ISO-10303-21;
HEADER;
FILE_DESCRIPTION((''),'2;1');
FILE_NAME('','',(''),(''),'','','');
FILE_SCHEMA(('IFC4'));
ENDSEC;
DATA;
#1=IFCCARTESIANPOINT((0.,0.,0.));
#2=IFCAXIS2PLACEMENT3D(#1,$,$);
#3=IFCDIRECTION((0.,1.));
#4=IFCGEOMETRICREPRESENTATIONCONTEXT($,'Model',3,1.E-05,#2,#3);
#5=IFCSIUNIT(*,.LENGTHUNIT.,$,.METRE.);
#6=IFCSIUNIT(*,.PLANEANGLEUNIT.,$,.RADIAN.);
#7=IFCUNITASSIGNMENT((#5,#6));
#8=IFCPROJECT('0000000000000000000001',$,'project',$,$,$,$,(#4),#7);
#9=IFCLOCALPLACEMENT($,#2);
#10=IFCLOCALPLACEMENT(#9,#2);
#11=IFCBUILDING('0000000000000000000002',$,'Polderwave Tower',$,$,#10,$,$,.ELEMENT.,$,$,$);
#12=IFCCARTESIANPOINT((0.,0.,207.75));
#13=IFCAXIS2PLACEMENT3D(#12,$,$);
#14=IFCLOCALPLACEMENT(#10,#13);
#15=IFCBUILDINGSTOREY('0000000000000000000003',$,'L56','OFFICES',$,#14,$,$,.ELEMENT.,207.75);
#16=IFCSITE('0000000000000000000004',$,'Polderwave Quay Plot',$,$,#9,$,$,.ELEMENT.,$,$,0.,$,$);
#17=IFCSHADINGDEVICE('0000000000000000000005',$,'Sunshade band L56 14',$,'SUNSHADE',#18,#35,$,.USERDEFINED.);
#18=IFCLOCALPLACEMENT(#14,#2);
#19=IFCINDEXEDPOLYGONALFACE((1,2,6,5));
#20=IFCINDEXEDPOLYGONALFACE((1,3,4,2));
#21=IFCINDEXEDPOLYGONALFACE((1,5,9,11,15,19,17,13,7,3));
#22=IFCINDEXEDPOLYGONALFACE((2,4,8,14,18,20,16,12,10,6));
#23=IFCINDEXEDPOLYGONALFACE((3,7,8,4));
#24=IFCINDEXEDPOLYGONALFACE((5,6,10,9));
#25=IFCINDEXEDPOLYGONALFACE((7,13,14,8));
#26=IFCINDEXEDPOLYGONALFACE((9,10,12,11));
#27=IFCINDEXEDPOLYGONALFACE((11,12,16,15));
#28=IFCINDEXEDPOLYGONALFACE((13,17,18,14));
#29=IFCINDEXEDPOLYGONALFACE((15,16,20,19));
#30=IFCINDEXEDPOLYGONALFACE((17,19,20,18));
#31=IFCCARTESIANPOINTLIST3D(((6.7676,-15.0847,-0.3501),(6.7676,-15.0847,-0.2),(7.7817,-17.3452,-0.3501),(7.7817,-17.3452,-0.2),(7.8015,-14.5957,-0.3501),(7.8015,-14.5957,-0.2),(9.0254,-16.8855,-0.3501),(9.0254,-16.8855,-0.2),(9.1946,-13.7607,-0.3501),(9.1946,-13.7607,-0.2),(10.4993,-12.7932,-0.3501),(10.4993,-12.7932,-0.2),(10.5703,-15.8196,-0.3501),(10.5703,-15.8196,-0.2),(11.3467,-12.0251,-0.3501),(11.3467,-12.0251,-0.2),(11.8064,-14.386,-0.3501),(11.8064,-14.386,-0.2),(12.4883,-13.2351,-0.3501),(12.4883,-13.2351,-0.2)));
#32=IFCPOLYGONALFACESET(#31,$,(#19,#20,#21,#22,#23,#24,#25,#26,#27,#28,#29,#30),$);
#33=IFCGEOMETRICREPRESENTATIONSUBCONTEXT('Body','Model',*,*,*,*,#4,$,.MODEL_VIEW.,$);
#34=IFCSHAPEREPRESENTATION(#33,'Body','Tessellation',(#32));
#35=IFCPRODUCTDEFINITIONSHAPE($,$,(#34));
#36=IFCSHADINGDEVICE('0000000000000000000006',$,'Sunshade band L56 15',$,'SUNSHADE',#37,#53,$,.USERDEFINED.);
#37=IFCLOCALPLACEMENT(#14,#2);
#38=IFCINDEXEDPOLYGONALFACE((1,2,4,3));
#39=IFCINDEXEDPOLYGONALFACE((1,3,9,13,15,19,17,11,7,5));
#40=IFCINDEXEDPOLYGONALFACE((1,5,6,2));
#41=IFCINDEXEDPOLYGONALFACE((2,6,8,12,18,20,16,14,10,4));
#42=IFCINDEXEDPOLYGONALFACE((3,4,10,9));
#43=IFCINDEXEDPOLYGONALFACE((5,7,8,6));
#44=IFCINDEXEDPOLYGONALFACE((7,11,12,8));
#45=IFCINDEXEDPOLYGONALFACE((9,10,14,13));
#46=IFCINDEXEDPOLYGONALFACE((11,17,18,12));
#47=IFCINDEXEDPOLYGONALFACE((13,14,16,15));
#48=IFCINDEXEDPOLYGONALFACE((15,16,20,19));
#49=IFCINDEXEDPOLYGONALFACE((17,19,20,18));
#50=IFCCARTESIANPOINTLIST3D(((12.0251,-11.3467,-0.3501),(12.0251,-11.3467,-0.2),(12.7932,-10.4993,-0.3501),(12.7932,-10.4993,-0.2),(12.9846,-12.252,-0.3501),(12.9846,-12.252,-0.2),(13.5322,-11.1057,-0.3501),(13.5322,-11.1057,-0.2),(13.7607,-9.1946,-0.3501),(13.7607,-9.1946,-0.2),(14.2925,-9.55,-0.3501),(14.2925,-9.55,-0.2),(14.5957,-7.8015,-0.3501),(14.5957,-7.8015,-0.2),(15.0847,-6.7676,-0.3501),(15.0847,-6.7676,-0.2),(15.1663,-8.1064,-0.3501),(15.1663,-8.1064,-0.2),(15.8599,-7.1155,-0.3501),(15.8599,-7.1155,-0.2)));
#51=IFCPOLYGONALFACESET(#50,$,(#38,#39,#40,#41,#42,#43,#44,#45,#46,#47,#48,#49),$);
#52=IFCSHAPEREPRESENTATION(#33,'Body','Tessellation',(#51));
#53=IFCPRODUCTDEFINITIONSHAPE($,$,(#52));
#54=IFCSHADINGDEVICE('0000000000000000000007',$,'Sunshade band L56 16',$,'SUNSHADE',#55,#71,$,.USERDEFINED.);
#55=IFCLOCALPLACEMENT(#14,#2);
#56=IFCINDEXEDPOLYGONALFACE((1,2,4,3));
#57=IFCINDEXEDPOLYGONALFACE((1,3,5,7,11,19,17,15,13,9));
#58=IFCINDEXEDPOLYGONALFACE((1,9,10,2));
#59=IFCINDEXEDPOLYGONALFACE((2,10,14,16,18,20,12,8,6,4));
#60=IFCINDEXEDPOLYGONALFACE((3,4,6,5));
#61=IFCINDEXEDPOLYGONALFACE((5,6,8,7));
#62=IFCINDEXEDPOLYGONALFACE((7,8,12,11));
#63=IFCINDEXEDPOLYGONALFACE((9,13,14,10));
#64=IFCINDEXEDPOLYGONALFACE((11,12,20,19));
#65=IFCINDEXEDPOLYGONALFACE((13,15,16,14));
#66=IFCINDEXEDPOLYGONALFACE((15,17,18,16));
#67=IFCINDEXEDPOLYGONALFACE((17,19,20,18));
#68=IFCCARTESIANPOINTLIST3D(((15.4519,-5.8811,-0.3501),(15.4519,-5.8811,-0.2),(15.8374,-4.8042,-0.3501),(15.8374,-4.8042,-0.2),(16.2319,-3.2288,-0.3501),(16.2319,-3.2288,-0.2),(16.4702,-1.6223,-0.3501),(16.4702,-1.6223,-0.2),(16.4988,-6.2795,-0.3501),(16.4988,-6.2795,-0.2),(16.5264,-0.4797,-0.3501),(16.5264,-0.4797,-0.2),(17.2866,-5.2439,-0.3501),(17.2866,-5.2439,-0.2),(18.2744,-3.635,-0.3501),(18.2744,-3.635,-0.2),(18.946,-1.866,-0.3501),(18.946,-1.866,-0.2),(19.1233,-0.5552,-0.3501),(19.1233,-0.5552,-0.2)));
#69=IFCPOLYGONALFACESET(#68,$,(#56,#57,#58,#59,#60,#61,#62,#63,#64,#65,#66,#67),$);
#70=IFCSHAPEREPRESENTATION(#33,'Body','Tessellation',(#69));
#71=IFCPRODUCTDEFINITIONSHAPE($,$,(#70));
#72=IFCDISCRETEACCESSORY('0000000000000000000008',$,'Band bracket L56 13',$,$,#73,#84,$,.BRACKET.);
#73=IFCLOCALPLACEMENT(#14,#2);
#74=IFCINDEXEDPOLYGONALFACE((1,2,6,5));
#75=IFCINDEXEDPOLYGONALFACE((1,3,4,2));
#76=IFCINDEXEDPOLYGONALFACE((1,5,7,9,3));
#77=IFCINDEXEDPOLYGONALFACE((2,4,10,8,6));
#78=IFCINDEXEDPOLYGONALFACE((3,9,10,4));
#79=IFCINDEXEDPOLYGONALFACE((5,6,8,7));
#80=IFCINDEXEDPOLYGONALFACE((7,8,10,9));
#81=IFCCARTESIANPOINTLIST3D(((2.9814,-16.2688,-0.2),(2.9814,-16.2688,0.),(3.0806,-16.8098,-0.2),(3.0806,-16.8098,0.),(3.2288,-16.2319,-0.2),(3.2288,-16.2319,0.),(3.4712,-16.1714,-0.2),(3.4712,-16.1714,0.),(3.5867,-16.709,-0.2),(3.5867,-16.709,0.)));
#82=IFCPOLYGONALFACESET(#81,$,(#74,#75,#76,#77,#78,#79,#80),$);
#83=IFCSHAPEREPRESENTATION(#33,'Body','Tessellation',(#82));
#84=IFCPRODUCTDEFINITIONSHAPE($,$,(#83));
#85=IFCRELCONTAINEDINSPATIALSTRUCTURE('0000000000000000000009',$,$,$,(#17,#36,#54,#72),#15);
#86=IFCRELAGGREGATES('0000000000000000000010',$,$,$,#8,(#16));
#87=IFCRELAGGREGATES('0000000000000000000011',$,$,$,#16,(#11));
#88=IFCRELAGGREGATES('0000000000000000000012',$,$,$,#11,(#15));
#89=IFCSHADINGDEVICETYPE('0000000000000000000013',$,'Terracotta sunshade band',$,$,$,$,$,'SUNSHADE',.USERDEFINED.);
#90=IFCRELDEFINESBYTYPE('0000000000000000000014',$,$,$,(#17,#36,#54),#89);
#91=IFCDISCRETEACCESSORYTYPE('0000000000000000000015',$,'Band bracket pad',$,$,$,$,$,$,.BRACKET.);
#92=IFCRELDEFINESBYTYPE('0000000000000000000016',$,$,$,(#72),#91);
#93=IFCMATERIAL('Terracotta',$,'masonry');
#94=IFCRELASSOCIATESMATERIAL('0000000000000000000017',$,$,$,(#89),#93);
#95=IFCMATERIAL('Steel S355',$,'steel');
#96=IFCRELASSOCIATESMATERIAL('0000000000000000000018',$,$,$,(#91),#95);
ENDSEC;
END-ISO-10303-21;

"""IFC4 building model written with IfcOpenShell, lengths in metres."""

from ifc_helpers import new_model, si_unit, direction, frame, origin, place, context, subcontext, project, spatial, polyline, outline, extrude, material, type_object, element, save


model = new_model("IFC4")

# Units and contexts
model_context = context("Model", 3, precision=1e-05, world=origin(), true_north=direction((0.0, 1.0)))
body_context = subcontext(model_context, "Body", "Model", "MODEL_VIEW")
ifc_project = project(units=[si_unit("LENGTHUNIT", "METRE"), si_unit("PLANEANGLEUNIT", "RADIAN")], contexts=[model_context])

# Site, building, storey
site_placement = place(None, origin())
site = spatial("IfcSite", under=ifc_project, at=site_placement, Name="Polderwave Quay Plot", CompositionType="ELEMENT", RefElevation=0.0)
building_placement = place(site_placement, origin())
building = spatial("IfcBuilding", under=site, at=building_placement, Name="Polderwave Tower", CompositionType="ELEMENT")
storey_placement = place(building_placement, frame((0.0, 0.0, 207.75)))
storey = spatial("IfcBuildingStorey", under=building, at=storey_placement, Name="L56", Description="OFFICES", CompositionType="ELEMENT", Elevation=207.75)

# Shared definitions
ifc_material_1 = material(Name="Steel S355", Category="steel")

# Shading devices
ifc_material_2 = material(Name="Terracotta", Category="masonry")
shading_device_type = type_object("IfcShadingDeviceType", Name="Terracotta sunshade band", ElementType="SUNSHADE", PredefinedType="USERDEFINED", material=ifc_material_2)
shading_device_1_placement = place(storey_placement, frame((0.0, 0.0, -0.3501)))
element("IfcShadingDevice", 1, at=shading_device_1_placement, inside=storey, type_object=shading_device_type, Name="Sunshade band L56 14", ObjectType="SUNSHADE", PredefinedType="USERDEFINED", context=body_context, shape_type="SweptSolid", body=[
    extrude(outline(polyline([(6.7676, -15.0847), (7.8015, -14.5957), (9.1946, -13.7607), (10.4993, -12.7932), (11.3467, -12.0251), (12.4883, -13.2351), (11.8064, -14.386), (10.5703, -15.8196), (9.0254, -16.8855), (7.7817, -17.3452), (6.7676, -15.0847)])), origin(), (0.0, 0.0, 1.0), 0.1501),
])
shading_device_2_placement = place(storey_placement, frame((0.0, 0.0, -0.3501)))
element("IfcShadingDevice", 2, at=shading_device_2_placement, inside=storey, type_object=shading_device_type, Name="Sunshade band L56 15", ObjectType="SUNSHADE", PredefinedType="USERDEFINED", context=body_context, shape_type="SweptSolid", body=[
    extrude(outline(polyline([(12.0251, -11.3467), (12.7932, -10.4993), (13.7607, -9.1946), (14.5957, -7.8015), (15.0847, -6.7676), (15.8599, -7.1155), (15.1663, -8.1064), (14.2925, -9.55), (13.5322, -11.1057), (12.9846, -12.252), (12.0251, -11.3467)])), origin(), (0.0, 0.0, 1.0), 0.1501),
])
shading_device_3_placement = place(storey_placement, frame((0.0, 0.0, -0.3501)))
element("IfcShadingDevice", 3, at=shading_device_3_placement, inside=storey, type_object=shading_device_type, Name="Sunshade band L56 16", ObjectType="SUNSHADE", PredefinedType="USERDEFINED", context=body_context, shape_type="SweptSolid", body=[
    extrude(outline(polyline([(15.4519, -5.8811), (15.8374, -4.8042), (16.2319, -3.2288), (16.4702, -1.6223), (16.5264, -0.4797), (19.1233, -0.5552), (18.946, -1.866), (18.2744, -3.635), (17.2866, -5.2439), (16.4988, -6.2795), (15.4519, -5.8811)])), origin(), (0.0, 0.0, 1.0), 0.1501),
])

# Discrete accessory
discrete_accessory_type = type_object("IfcDiscreteAccessoryType", Name="Band bracket pad", PredefinedType="BRACKET", material=ifc_material_1)
discrete_accessory_placement = place(storey_placement, frame((0.0, 0.0, -0.2)))
element("IfcDiscreteAccessory", 4, at=discrete_accessory_placement, inside=storey, type_object=discrete_accessory_type, Name="Band bracket L56 13", PredefinedType="BRACKET", context=body_context, shape_type="SweptSolid", body=[
    extrude(outline(polyline([(2.9814, -16.2688), (3.2288, -16.2319), (3.4712, -16.1714), (3.5867, -16.709), (3.0806, -16.8098), (2.9814, -16.2688)])), origin(), (0.0, 0.0, 1.0), 0.2),
])

save(model, "model.ifc")
